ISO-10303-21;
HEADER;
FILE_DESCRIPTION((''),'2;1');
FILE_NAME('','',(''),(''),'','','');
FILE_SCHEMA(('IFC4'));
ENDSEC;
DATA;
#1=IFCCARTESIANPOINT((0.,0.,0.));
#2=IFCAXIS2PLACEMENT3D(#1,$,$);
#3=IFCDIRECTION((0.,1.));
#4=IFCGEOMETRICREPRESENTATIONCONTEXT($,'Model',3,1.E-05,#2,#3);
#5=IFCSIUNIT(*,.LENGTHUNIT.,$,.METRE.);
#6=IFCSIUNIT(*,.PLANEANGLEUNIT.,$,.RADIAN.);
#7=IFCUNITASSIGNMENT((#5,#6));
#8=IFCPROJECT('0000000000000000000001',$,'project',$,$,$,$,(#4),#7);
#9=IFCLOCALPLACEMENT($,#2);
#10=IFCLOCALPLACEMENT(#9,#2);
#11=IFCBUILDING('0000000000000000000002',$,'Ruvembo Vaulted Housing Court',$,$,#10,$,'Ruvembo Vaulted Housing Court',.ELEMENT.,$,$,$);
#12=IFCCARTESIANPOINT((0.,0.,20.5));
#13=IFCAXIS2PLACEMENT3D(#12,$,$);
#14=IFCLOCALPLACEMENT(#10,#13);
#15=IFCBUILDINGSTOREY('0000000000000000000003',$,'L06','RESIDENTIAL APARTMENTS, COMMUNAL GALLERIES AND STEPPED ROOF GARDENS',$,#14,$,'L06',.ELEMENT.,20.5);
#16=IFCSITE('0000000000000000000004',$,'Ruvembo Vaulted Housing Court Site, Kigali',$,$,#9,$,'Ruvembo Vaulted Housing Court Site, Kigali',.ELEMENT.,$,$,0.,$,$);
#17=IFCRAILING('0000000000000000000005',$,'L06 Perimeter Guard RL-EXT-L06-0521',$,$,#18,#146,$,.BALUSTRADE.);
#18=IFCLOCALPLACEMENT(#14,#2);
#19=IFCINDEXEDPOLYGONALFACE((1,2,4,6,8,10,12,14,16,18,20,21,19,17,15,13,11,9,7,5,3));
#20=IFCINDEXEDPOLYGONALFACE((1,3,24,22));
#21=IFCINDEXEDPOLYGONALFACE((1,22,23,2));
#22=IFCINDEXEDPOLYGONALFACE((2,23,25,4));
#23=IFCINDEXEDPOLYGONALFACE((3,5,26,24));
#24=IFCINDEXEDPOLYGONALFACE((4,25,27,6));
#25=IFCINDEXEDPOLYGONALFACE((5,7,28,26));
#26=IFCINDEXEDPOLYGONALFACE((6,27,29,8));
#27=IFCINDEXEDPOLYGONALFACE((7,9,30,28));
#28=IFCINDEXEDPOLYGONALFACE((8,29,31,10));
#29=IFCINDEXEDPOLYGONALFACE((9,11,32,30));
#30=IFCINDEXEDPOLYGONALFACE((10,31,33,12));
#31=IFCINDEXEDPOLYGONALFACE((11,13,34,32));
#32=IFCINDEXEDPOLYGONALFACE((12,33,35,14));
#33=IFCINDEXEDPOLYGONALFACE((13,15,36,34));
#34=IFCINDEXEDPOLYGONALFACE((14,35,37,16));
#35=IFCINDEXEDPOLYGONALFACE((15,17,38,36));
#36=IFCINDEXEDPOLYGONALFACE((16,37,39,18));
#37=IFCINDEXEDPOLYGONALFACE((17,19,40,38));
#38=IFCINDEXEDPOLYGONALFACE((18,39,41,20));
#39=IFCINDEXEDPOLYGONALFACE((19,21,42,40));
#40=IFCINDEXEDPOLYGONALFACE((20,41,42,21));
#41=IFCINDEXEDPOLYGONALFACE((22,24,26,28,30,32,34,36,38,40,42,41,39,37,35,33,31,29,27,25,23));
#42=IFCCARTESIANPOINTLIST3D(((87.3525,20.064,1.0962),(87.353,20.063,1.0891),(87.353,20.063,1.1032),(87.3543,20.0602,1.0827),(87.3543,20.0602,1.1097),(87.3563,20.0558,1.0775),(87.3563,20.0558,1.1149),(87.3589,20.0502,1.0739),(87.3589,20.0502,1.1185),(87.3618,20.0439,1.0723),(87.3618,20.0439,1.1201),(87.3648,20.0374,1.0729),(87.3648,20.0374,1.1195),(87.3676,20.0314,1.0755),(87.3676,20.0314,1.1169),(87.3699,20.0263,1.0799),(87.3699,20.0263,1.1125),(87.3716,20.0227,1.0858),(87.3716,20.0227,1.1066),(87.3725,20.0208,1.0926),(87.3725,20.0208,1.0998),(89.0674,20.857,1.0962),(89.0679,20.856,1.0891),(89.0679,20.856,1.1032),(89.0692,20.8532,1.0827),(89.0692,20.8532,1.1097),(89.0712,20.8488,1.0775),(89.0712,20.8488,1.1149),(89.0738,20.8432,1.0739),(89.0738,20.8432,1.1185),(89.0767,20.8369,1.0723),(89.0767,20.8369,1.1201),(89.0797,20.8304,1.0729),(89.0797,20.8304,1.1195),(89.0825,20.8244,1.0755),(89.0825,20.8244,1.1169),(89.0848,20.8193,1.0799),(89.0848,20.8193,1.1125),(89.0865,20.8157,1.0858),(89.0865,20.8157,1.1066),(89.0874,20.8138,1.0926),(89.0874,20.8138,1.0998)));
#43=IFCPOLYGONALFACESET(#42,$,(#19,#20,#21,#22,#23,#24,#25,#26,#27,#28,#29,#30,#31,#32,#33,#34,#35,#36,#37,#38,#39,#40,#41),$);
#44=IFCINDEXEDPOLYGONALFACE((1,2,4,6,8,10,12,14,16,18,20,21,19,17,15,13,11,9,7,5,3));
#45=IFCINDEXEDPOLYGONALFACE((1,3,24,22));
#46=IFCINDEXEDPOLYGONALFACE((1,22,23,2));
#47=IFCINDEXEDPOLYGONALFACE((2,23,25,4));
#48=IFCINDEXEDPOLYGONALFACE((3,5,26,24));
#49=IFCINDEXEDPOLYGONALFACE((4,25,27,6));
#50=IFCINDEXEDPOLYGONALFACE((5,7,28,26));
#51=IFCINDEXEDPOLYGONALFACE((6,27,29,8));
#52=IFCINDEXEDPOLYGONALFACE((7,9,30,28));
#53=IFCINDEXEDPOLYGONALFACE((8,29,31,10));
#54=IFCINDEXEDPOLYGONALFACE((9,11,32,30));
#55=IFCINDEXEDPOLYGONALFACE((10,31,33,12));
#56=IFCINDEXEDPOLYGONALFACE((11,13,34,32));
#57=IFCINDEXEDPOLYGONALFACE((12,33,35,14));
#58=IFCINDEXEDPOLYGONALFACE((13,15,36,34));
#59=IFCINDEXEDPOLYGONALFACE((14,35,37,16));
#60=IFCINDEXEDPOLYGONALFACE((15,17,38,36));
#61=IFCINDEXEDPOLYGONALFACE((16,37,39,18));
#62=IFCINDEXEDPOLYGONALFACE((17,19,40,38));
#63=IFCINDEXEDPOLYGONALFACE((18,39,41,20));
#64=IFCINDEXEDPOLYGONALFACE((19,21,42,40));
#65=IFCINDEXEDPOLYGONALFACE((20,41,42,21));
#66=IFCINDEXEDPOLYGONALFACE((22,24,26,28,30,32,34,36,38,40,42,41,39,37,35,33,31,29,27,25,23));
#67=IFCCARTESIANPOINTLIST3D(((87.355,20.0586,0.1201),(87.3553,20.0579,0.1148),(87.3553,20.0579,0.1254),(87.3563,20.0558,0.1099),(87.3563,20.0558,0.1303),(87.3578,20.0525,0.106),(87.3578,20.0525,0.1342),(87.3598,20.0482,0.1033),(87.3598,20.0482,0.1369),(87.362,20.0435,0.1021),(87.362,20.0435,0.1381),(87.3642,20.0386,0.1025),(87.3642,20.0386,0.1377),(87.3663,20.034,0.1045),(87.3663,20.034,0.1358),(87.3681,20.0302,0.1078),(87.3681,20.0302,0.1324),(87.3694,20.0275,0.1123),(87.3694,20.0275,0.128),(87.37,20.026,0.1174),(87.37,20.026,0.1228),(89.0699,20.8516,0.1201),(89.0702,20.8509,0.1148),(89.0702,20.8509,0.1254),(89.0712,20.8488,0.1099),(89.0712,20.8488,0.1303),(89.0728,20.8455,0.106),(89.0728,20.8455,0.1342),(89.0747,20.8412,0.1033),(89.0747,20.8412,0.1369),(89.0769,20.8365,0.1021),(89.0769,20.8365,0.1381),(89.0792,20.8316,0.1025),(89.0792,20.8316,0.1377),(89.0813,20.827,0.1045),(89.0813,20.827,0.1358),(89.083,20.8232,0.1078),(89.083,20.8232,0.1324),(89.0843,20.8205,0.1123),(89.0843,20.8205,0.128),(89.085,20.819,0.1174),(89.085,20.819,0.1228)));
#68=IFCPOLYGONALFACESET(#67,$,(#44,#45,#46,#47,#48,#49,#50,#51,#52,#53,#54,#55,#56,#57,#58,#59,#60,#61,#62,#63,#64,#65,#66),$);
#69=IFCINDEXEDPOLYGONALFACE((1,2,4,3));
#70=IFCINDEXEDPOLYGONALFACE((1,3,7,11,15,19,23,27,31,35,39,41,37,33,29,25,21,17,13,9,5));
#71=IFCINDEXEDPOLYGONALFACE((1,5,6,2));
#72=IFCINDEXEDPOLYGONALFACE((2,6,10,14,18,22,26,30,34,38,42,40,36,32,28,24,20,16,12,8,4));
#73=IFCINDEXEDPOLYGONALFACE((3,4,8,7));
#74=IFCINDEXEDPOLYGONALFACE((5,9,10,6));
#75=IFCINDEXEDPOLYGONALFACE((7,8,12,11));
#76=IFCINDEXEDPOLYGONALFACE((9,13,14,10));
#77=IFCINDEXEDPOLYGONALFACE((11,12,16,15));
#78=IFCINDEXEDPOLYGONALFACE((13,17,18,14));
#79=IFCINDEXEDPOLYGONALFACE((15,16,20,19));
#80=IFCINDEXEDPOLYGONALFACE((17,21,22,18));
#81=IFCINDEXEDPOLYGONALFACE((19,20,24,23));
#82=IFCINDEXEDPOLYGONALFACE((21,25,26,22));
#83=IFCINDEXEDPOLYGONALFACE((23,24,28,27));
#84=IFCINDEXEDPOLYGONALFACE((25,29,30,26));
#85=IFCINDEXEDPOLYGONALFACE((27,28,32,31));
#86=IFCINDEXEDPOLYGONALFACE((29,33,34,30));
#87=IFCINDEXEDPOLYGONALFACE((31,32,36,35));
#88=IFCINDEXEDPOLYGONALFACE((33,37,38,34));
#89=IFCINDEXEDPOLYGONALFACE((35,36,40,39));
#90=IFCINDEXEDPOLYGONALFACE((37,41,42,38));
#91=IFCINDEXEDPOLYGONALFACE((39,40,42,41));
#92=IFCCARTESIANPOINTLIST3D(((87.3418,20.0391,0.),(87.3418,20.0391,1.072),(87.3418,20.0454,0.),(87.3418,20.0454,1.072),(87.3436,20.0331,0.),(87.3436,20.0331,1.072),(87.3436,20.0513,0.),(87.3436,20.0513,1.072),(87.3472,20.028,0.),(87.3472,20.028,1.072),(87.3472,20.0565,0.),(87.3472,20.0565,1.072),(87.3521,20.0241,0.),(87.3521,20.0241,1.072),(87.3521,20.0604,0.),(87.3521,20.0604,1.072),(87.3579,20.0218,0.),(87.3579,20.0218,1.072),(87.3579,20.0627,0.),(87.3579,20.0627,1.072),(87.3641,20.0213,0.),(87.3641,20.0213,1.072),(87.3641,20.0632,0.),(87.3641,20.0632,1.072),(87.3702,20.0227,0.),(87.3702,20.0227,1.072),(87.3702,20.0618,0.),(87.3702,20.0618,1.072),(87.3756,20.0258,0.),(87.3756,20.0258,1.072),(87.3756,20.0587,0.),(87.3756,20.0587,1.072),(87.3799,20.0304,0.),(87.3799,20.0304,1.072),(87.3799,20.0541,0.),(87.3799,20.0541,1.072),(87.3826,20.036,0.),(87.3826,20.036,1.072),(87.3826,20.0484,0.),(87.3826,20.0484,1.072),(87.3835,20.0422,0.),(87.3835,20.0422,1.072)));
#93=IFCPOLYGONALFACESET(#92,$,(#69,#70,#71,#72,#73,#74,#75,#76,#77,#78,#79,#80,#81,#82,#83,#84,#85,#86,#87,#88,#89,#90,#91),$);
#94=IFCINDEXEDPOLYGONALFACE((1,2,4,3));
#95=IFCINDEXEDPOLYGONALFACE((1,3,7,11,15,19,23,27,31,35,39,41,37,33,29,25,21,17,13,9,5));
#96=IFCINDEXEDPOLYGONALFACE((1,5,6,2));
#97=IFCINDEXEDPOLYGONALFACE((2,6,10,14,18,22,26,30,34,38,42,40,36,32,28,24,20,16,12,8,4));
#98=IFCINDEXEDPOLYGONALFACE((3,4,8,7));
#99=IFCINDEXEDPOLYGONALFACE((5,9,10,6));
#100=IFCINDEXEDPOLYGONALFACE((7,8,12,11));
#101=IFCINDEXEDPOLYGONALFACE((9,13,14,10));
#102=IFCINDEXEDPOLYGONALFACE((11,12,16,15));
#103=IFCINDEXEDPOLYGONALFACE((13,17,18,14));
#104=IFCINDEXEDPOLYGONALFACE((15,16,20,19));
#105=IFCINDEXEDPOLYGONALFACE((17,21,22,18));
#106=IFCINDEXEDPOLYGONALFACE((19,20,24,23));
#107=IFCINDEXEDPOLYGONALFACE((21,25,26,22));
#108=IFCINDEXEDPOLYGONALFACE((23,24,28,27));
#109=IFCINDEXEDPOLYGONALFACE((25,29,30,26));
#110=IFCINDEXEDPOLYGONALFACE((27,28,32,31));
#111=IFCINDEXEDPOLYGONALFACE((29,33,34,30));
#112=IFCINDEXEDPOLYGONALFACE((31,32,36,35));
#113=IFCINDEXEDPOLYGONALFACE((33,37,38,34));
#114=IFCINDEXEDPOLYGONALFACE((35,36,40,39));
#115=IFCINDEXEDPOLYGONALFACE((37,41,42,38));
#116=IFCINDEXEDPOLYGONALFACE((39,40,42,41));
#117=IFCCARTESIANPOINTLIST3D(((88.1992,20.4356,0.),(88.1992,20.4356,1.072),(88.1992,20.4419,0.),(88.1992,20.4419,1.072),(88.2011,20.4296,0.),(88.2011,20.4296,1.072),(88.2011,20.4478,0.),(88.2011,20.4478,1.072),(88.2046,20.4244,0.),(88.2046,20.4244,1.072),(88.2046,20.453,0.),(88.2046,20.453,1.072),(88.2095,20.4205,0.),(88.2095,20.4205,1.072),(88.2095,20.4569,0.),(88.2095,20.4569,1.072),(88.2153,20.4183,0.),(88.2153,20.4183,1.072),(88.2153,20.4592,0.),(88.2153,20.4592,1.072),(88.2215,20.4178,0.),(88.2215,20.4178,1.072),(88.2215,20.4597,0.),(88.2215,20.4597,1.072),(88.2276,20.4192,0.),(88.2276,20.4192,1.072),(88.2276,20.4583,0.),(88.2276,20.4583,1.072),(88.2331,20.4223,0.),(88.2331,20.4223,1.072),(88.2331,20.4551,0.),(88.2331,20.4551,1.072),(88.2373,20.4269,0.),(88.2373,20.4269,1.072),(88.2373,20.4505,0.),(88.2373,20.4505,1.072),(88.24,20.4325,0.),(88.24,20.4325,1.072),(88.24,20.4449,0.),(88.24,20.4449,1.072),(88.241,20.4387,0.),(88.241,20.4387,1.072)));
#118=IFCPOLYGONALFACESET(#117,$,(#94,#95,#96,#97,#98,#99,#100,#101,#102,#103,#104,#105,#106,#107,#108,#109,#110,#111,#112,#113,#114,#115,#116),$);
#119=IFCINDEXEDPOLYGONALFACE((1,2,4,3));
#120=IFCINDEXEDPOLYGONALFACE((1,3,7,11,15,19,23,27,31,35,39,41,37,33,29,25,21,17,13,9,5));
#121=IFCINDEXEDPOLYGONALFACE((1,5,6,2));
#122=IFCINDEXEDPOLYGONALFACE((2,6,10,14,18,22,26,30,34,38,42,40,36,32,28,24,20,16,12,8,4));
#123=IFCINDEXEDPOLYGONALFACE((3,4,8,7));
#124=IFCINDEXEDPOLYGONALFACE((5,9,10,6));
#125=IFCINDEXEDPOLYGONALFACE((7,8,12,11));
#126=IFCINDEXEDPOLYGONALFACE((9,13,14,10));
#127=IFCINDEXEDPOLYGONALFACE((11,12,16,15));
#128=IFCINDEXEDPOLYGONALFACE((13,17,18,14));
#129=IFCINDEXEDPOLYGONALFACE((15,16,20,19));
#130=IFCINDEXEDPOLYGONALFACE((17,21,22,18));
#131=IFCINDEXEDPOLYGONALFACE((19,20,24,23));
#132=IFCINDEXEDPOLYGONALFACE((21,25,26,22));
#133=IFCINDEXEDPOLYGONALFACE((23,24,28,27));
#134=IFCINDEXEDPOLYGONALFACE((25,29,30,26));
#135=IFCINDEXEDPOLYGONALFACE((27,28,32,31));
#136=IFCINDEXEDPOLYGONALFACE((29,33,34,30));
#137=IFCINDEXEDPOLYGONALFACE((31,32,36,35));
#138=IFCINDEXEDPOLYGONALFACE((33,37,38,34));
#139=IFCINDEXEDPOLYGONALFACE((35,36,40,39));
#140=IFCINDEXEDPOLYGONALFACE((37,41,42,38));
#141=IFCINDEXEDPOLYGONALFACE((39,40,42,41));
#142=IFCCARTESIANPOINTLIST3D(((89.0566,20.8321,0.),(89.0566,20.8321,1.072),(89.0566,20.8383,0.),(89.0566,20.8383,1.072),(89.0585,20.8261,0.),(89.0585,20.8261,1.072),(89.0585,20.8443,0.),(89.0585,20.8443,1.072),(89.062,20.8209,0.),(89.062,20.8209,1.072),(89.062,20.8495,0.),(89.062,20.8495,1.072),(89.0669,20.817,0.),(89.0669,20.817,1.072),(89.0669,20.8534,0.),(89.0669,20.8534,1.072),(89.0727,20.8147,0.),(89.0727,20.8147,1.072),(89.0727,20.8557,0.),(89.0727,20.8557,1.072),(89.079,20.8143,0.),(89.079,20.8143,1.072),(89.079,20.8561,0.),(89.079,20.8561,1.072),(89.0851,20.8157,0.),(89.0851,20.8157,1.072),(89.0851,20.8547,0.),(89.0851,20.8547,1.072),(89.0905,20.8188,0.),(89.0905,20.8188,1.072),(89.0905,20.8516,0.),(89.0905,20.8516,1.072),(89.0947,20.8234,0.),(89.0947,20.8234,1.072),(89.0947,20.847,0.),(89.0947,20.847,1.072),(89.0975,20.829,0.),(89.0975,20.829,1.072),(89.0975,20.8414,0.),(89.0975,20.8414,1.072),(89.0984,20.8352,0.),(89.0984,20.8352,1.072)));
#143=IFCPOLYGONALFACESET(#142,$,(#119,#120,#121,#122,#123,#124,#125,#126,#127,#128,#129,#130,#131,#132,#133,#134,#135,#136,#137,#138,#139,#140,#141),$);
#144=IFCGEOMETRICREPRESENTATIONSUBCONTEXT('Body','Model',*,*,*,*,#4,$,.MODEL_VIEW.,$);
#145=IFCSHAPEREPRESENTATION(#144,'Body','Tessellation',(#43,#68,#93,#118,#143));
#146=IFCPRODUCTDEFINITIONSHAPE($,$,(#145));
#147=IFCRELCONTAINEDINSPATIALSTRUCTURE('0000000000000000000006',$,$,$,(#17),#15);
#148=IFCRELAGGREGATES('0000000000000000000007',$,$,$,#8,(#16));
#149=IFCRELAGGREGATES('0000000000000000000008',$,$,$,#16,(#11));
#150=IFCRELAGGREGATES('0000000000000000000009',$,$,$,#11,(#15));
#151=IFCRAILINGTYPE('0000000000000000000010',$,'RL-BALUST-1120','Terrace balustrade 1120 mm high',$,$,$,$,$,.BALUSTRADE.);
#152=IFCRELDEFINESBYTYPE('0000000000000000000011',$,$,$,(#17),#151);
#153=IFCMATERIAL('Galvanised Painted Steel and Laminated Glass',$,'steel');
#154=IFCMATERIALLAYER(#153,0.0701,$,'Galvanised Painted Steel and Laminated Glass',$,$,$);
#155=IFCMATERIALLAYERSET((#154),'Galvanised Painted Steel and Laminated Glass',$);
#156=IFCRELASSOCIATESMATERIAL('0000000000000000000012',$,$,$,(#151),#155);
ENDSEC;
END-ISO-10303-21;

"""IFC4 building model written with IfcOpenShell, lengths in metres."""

from ifc_helpers import new_model, si_unit, direction, frame, origin, origin_2d, place, context, subcontext, project, spatial, circle, extrude, material, layer, layer_set, type_object, element, save


model = new_model("IFC4")

# Units and contexts
model_context = context("Model", 3, precision=1e-05, world=origin(), true_north=direction((0.0, 1.0)))
body_context = subcontext(model_context, "Body", "Model", "MODEL_VIEW")
ifc_project = project(units=[si_unit("LENGTHUNIT", "METRE"), si_unit("PLANEANGLEUNIT", "RADIAN")], contexts=[model_context])

# Site, building, storey
site_placement = place(None, origin())
site = spatial("IfcSite", under=ifc_project, at=site_placement, Name="Ruvembo Vaulted Housing Court Site, Kigali", LongName="Ruvembo Vaulted Housing Court Site, Kigali", CompositionType="ELEMENT", RefElevation=0.0)
building_placement = place(site_placement, origin())
building = spatial("IfcBuilding", under=site, at=building_placement, Name="Ruvembo Vaulted Housing Court", LongName="Ruvembo Vaulted Housing Court", CompositionType="ELEMENT")
storey_placement = place(building_placement, frame((0.0, 0.0, 20.5)))
storey = spatial("IfcBuildingStorey", under=building, at=storey_placement, Name="L06", Description="RESIDENTIAL APARTMENTS, COMMUNAL GALLERIES AND STEPPED ROOF GARDENS", LongName="L06", CompositionType="ELEMENT", Elevation=20.5)

# Railing
ifc_material_1 = material(Name="Galvanised Painted Steel and Laminated Glass", Category="steel")
ifc_layer = layer(ifc_material_1, 0.0701, Name="Galvanised Painted Steel and Laminated Glass")
ifc_layer_set = layer_set([ifc_layer], Name="Galvanised Painted Steel and Laminated Glass")
railing_type = type_object("IfcRailingType", Name="RL-BALUST-1120", Description="Terrace balustrade 1120 mm high", PredefinedType="BALUSTRADE", material=ifc_layer_set)
railing_1_placement = place(storey_placement, frame((87.3625, 20.0422, 0.0)))
element("IfcRailing", 1, at=railing_1_placement, inside=storey, type_object=railing_type, Name="L06 Perimeter Guard RL-EXT-L06-0521", PredefinedType="BALUSTRADE", context=body_context, shape_type="SweptSolid", body=[
    extrude(circle(Radius=0.0239, at=origin_2d()), frame((0.0, 0.0, 1.0962), z_axis=(0.907657, 0.419714, 0.0), x_axis=(-0.419714, 0.907657, 0.0)), (0.0, 0.0, 1.0), 1.8894),
    extrude(circle(Radius=0.0181, at=origin_2d()), frame((0.0, 0.0, 0.1201), z_axis=(0.907657, 0.419714, 0.0), x_axis=(-0.419714, 0.907657, 0.0)), (0.0, 0.0, 1.0), 1.8894),
    extrude(circle(Radius=0.021, at=origin_2d()), origin(), (0.0, 0.0, 1.0), 1.072),
    extrude(circle(Radius=0.021, at=origin_2d()), frame((0.8574, 0.3965, 0.0)), (0.0, 0.0, 1.0), 1.072),
    extrude(circle(Radius=0.021, at=origin_2d()), frame((1.7148, 0.793, 0.0)), (0.0, 0.0, 1.0), 1.072),
])

save(model, "model.ifc")
